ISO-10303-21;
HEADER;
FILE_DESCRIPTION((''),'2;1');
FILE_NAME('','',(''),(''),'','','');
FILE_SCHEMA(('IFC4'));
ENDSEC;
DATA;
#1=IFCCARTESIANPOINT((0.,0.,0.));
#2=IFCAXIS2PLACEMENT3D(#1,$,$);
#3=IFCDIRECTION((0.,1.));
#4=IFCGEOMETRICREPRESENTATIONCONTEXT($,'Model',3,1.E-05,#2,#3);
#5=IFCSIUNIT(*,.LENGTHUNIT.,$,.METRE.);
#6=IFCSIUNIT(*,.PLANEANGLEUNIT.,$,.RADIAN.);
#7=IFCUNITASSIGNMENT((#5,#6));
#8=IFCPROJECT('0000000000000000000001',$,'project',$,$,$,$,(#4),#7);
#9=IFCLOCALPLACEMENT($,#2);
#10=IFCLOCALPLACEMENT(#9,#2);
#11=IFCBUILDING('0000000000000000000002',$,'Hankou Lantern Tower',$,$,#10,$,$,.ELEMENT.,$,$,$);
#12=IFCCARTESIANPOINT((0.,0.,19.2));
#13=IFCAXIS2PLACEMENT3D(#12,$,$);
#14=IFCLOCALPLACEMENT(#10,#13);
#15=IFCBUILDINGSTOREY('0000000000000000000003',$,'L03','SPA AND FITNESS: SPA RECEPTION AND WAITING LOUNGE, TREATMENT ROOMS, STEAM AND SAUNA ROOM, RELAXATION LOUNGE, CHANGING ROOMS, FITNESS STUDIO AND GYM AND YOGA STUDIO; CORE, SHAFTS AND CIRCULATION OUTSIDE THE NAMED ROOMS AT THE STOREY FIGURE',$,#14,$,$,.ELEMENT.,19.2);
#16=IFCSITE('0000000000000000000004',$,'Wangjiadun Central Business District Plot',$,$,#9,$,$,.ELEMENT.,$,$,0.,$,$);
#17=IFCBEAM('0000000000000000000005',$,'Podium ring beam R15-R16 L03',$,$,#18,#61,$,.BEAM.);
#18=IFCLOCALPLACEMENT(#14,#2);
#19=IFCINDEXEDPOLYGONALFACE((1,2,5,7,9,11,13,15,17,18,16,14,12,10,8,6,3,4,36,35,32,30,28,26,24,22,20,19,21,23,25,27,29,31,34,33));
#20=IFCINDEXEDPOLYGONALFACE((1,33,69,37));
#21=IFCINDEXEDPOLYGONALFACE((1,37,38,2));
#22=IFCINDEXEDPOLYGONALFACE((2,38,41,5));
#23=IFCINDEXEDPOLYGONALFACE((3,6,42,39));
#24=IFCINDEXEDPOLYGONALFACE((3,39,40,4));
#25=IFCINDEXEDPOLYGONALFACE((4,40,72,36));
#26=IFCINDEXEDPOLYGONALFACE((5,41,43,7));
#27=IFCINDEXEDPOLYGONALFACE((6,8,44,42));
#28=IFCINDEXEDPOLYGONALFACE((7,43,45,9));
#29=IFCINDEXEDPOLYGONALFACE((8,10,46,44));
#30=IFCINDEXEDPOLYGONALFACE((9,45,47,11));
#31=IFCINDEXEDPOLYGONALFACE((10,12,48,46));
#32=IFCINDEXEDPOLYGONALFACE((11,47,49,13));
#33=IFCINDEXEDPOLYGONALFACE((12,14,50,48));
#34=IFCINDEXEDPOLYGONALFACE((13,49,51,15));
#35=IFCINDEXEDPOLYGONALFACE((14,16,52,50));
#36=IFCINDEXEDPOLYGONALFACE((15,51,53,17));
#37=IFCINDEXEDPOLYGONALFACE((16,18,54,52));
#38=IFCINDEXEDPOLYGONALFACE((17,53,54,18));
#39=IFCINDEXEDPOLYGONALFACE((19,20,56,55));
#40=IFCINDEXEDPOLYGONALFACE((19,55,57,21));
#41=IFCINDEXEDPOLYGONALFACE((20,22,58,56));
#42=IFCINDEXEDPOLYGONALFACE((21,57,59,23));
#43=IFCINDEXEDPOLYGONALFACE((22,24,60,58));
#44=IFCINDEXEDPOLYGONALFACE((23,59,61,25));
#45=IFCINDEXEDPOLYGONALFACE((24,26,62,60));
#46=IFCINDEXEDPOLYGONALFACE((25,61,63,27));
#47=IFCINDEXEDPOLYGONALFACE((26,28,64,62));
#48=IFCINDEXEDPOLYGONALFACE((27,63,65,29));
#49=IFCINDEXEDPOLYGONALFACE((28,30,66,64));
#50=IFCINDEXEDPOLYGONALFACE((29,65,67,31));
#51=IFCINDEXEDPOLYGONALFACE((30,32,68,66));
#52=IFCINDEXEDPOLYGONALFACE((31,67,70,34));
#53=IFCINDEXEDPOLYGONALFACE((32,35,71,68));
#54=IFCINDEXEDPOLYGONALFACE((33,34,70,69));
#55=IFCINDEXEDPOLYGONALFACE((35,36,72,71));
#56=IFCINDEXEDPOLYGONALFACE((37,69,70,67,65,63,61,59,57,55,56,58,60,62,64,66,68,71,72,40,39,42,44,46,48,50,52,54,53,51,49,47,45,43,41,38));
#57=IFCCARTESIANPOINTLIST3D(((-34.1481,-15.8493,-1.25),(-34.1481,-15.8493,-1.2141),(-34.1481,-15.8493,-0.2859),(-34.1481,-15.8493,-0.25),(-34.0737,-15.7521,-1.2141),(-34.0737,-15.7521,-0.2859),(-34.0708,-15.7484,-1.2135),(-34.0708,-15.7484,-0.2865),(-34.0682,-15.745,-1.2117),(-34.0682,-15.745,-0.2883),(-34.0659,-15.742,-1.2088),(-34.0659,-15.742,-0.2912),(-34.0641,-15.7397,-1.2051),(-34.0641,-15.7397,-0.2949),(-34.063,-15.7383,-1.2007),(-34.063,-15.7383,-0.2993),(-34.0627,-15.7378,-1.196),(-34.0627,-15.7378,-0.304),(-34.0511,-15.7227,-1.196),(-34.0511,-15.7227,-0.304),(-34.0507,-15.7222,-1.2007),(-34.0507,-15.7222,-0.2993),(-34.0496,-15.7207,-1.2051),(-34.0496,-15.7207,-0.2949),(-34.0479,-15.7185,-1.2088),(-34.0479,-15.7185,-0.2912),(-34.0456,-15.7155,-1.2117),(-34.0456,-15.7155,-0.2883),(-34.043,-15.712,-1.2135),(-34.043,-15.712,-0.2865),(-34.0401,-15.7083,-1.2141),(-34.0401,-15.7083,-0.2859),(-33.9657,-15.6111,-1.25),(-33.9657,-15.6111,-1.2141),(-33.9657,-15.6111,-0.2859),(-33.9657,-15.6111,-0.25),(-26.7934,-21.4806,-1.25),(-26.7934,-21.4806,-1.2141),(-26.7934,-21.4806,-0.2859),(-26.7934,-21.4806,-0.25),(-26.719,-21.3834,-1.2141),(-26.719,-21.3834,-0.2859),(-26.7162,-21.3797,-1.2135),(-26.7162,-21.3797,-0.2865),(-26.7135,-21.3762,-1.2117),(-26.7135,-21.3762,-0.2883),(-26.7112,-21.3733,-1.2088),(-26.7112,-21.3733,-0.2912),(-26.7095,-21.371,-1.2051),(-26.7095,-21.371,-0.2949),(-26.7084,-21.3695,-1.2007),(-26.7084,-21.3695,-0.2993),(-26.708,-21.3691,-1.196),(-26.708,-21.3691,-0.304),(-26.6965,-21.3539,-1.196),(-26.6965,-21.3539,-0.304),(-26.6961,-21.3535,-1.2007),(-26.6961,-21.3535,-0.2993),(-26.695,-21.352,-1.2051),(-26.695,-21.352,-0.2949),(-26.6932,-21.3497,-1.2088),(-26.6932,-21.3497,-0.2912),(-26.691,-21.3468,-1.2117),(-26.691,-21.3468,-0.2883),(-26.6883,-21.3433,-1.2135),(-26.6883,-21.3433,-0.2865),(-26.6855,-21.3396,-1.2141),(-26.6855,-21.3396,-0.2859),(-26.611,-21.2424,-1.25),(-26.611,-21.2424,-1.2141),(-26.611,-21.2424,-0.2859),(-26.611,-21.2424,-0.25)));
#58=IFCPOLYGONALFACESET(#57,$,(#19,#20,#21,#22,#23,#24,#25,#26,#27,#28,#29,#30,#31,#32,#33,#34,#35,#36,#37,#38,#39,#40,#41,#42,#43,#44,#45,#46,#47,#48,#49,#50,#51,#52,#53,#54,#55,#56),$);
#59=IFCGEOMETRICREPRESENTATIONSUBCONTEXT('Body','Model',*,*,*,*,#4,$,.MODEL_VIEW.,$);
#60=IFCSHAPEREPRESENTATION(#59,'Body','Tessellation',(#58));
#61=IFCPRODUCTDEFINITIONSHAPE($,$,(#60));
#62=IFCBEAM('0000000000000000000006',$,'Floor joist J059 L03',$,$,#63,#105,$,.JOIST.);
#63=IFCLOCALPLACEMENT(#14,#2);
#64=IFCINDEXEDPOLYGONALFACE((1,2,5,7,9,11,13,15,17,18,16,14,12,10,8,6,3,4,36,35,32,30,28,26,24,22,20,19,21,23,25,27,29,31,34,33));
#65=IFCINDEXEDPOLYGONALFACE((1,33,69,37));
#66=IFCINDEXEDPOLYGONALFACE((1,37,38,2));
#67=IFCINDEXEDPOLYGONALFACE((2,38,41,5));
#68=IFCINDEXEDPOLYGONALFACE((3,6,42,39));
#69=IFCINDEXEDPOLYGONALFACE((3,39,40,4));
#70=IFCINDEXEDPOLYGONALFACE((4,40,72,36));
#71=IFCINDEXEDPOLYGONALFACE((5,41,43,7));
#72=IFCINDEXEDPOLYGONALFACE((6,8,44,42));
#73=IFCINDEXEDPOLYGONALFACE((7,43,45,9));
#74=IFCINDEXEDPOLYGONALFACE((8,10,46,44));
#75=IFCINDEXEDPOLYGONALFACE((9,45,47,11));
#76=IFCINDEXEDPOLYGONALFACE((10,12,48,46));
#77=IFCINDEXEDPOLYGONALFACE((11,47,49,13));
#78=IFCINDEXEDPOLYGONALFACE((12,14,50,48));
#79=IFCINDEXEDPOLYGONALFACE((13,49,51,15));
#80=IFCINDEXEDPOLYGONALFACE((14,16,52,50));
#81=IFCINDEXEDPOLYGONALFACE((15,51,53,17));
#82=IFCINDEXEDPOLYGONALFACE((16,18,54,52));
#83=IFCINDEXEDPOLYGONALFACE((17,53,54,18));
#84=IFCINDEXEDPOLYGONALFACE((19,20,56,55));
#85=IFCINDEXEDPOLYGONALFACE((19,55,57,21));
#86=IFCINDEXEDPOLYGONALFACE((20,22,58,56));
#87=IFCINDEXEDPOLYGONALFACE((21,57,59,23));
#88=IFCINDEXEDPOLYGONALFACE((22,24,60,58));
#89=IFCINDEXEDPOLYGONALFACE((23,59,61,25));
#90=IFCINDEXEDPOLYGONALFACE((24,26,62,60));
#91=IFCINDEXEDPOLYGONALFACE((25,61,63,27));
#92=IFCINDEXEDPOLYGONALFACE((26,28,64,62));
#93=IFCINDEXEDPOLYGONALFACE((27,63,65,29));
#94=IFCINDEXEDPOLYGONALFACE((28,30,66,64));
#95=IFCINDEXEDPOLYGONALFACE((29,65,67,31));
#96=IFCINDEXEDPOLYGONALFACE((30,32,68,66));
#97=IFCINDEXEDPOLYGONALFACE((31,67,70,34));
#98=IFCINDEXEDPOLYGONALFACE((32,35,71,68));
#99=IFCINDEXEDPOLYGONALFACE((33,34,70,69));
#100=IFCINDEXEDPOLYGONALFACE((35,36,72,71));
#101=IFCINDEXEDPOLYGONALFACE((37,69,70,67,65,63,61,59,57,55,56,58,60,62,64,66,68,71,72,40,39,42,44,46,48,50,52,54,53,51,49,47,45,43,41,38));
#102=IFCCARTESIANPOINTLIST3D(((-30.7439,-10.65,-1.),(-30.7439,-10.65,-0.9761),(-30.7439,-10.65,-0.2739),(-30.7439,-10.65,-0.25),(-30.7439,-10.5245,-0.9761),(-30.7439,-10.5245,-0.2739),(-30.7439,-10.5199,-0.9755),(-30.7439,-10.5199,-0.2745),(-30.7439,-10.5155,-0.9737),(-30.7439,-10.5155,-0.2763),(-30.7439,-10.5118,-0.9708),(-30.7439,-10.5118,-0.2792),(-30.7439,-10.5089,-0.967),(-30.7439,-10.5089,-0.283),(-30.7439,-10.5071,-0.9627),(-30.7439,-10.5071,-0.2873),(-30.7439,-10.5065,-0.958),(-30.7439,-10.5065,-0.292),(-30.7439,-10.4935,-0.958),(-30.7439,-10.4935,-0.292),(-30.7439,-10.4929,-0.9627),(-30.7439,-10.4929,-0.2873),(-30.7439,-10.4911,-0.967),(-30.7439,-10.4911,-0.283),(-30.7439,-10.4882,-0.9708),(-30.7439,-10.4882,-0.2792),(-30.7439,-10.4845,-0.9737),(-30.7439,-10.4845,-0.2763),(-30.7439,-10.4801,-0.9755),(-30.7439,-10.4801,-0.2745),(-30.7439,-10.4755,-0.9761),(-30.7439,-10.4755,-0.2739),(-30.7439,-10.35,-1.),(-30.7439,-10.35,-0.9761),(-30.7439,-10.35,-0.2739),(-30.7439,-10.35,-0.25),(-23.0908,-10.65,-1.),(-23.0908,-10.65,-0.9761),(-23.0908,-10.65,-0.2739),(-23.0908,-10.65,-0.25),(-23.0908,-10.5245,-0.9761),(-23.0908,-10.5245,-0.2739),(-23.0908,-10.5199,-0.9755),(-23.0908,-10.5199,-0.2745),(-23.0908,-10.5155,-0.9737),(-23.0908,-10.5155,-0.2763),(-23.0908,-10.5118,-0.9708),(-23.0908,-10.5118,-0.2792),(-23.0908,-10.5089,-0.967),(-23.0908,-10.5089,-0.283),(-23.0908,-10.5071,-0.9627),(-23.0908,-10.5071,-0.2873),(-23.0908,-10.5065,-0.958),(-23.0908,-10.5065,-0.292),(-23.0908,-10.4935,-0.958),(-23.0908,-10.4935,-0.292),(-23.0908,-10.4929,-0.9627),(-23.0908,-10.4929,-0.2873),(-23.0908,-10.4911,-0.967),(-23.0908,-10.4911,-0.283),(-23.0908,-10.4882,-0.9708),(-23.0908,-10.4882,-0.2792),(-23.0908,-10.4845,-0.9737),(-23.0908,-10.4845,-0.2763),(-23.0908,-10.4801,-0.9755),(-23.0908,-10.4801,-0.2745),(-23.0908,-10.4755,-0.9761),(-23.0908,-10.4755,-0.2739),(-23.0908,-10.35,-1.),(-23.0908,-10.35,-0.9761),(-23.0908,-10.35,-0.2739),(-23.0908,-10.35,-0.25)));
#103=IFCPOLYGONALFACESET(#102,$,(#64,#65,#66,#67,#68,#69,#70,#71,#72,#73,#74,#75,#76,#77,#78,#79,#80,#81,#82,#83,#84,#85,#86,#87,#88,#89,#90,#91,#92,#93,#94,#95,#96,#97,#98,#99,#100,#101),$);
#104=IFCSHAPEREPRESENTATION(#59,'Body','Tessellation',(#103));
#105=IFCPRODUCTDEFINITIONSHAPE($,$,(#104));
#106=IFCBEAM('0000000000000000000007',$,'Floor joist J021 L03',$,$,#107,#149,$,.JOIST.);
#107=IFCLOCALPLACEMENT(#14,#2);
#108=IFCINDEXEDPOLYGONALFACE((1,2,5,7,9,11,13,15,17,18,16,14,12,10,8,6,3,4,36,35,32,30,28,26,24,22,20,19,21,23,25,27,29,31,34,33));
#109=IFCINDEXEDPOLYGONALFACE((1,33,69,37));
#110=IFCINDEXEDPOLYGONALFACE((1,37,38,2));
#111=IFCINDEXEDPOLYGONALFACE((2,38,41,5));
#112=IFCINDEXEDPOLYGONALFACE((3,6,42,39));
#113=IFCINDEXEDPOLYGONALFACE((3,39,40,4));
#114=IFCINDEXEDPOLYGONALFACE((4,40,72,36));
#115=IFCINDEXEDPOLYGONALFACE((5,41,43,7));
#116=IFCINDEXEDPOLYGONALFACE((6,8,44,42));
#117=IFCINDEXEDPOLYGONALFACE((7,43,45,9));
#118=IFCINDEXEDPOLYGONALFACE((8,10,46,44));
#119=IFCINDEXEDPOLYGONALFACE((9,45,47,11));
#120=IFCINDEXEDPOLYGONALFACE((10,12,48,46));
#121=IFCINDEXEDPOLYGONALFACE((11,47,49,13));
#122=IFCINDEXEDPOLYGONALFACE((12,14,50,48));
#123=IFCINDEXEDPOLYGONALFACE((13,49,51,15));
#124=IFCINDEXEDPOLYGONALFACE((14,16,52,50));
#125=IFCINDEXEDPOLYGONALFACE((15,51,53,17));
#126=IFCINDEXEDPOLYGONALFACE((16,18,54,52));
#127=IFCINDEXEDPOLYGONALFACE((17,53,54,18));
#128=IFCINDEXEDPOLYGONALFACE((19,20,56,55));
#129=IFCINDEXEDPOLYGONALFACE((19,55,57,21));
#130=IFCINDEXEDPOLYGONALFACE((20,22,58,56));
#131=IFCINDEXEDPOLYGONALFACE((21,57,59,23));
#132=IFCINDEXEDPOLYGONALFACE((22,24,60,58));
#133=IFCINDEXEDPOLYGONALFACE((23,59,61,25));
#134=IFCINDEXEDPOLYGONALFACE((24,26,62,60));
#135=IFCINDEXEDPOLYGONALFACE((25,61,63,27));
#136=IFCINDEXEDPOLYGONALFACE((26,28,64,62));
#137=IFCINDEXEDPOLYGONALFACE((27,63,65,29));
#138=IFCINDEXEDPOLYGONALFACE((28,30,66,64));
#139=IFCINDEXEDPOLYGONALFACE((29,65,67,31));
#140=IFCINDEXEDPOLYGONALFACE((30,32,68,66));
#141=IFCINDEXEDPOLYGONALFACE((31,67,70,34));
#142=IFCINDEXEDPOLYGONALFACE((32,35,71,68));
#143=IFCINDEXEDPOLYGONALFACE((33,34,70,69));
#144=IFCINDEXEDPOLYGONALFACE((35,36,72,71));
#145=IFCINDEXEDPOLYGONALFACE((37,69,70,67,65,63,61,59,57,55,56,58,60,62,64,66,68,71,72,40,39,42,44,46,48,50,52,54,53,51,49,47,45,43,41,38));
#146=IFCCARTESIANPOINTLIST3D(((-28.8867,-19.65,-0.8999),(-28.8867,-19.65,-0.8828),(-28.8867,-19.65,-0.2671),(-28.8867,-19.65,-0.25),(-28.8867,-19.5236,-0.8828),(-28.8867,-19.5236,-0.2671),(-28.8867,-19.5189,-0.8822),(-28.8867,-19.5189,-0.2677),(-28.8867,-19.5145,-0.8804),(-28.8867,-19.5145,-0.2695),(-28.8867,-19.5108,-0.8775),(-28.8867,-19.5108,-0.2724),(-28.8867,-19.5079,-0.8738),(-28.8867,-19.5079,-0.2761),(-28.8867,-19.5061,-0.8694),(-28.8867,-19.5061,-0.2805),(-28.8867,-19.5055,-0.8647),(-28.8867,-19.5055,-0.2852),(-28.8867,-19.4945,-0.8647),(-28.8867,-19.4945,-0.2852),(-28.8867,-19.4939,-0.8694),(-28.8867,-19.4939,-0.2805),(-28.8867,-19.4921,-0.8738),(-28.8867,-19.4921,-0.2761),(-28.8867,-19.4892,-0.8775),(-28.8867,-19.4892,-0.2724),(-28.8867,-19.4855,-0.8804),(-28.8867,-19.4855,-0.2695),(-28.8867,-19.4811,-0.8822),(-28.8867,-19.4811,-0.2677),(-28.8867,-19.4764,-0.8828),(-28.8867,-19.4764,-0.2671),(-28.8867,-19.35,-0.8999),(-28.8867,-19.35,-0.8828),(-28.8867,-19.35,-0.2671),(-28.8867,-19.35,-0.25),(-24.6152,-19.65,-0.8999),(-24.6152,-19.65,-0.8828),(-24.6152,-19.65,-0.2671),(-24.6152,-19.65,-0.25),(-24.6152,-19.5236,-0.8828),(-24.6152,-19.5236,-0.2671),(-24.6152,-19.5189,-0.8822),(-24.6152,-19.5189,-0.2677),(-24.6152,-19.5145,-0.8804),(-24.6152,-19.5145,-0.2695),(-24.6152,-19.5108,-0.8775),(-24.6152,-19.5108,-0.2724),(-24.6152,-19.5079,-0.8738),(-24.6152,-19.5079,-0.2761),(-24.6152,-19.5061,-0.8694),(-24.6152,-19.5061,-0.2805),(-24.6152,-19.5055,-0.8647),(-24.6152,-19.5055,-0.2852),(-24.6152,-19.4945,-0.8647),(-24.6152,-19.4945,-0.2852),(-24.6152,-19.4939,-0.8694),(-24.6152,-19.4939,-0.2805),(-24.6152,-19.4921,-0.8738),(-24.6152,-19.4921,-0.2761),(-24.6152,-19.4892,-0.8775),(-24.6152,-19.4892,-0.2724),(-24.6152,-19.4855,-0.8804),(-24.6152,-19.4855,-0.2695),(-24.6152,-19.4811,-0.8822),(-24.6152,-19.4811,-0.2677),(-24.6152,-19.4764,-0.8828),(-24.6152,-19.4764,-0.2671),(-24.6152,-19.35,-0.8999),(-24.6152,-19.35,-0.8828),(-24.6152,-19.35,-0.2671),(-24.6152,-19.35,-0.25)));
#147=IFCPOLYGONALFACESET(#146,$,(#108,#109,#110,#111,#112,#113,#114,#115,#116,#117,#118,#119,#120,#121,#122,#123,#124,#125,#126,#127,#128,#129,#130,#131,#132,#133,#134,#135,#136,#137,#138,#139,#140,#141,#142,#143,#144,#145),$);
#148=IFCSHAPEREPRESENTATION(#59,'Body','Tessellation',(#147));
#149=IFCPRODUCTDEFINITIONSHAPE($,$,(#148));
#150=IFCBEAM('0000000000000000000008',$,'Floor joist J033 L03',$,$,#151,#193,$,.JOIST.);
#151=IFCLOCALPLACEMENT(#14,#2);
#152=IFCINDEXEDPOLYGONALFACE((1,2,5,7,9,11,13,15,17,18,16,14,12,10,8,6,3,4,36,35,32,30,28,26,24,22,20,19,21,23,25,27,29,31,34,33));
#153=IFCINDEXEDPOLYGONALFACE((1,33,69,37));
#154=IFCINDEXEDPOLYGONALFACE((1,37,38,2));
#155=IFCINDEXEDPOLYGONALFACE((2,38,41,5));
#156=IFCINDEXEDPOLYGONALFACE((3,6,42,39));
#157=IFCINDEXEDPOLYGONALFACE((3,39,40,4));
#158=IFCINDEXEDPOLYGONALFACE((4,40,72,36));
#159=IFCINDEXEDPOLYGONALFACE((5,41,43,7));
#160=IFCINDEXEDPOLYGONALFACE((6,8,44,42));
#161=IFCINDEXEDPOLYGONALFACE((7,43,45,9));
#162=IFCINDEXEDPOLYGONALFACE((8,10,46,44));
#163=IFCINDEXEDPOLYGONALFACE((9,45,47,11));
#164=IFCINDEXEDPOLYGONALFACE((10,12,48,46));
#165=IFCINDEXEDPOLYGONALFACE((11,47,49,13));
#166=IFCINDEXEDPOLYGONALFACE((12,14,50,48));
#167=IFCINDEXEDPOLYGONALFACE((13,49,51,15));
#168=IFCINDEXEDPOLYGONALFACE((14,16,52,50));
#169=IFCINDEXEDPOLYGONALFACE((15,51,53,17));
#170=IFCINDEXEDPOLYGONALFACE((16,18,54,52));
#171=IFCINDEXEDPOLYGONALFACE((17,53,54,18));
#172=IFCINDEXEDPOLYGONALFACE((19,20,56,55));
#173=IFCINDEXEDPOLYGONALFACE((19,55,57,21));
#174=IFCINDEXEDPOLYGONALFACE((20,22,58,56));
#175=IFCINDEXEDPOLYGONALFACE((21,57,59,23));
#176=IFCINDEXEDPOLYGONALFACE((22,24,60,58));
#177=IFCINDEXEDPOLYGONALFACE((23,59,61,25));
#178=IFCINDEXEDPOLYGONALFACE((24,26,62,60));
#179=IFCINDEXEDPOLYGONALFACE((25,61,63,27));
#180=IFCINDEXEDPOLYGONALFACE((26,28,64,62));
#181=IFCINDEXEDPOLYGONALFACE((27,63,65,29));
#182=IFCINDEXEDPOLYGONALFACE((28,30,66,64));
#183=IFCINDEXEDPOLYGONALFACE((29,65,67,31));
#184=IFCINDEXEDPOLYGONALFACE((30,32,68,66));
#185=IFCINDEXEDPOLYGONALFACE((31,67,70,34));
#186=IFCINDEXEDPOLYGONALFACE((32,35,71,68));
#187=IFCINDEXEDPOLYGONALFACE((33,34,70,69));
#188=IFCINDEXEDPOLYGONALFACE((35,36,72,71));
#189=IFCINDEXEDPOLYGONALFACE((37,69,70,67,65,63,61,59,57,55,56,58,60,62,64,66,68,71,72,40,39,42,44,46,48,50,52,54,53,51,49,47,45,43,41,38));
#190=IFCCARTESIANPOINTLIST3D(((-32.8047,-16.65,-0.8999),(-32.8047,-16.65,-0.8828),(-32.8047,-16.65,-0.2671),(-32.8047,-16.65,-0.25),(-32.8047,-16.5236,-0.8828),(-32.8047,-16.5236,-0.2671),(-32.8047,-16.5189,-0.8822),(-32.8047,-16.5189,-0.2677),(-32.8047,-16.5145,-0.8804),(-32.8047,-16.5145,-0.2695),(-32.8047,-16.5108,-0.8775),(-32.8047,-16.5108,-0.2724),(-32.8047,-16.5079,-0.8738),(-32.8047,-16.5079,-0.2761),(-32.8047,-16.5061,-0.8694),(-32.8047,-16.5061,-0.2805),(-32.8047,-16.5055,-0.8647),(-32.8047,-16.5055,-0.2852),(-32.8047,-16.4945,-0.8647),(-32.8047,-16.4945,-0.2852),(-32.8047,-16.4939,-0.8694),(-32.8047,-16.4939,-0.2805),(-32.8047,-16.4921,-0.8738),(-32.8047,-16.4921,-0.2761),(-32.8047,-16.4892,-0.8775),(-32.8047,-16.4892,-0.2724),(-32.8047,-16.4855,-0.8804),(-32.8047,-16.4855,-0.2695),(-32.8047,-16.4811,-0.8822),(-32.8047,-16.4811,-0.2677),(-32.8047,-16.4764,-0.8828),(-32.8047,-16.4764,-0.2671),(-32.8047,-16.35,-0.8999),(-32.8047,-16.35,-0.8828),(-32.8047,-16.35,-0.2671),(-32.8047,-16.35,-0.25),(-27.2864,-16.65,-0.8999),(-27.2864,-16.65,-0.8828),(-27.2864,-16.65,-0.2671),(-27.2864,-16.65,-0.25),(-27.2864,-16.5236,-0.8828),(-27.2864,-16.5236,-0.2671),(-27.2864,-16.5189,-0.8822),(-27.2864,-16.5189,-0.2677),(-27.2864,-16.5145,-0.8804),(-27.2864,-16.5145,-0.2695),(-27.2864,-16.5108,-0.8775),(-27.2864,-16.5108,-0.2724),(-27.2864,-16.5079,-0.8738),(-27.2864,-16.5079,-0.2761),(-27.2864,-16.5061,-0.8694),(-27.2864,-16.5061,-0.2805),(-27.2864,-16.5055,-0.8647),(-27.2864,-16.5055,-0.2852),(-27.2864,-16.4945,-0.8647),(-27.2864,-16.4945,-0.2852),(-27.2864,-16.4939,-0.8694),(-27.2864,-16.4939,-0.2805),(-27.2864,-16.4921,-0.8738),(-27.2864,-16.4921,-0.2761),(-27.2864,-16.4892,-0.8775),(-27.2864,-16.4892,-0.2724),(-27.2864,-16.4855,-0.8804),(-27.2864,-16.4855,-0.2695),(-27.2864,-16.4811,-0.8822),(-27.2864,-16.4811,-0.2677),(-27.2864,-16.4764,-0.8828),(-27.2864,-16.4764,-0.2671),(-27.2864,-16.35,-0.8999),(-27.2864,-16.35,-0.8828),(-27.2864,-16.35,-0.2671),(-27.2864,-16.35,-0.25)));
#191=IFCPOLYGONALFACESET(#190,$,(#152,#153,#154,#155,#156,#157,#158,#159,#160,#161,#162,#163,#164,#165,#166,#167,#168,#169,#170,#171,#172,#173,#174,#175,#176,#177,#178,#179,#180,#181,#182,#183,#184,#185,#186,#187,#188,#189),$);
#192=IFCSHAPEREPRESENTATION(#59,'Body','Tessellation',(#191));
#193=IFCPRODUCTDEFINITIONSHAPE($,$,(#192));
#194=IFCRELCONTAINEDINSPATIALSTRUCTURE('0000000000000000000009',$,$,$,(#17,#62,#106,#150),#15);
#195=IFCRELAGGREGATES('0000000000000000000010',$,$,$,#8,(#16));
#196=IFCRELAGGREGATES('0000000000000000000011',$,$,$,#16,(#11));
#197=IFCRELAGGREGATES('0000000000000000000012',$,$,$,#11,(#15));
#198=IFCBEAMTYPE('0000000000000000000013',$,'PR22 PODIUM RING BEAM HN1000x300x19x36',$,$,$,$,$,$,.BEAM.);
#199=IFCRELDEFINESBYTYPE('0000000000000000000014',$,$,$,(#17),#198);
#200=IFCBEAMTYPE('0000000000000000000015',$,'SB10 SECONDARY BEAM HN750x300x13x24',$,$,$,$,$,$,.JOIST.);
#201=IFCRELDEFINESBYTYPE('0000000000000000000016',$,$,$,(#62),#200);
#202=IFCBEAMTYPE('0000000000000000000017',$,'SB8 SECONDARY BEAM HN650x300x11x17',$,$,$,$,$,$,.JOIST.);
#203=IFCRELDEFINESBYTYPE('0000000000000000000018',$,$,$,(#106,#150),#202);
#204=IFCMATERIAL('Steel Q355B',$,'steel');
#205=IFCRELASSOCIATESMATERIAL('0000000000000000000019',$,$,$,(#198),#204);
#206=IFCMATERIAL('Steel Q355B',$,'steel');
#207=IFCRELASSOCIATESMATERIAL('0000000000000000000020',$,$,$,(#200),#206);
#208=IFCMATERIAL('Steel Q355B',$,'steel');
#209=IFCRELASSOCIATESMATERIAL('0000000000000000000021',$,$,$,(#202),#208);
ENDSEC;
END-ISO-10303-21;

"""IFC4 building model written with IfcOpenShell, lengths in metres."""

from ifc_helpers import new_model, si_unit, direction, frame, origin, origin_2d, place, context, subcontext, project, spatial, i_section, extrude, material, material_profile, profile_set, type_object, element, save


model = new_model("IFC4")

# Units and contexts
model_context = context("Model", 3, precision=1e-05, world=origin(), true_north=direction((0.0, 1.0)))
body_context = subcontext(model_context, "Body", "Model", "MODEL_VIEW")
ifc_project = project(units=[si_unit("LENGTHUNIT", "METRE"), si_unit("PLANEANGLEUNIT", "RADIAN")], contexts=[model_context])

# Site, building, storey
site_placement = place(None, origin())
site = spatial("IfcSite", under=ifc_project, at=site_placement, Name="Wangjiadun Central Business District Plot", CompositionType="ELEMENT", RefElevation=0.0)
building_placement = place(site_placement, origin())
building = spatial("IfcBuilding", under=site, at=building_placement, Name="Hankou Lantern Tower", CompositionType="ELEMENT")
storey_placement = place(building_placement, frame((0.0, 0.0, 19.2)))
storey = spatial("IfcBuildingStorey", under=building, at=storey_placement, Name="L03", Description="SPA AND FITNESS: SPA RECEPTION AND WAITING LOUNGE, TREATMENT ROOMS, STEAM AND SAUNA ROOM, RELAXATION LOUNGE, CHANGING ROOMS, FITNESS STUDIO AND GYM AND YOGA STUDIO; CORE, SHAFTS AND CIRCULATION OUTSIDE THE NAMED ROOMS AT THE STOREY FIGURE", CompositionType="ELEMENT", Elevation=19.2)

# Beams
ifc_material_1 = material(Name="Steel Q355B", Category="steel")
ifc_material_profile_1 = material_profile(ifc_material_1, i_section(OverallWidth=0.3, OverallDepth=1.0, WebThickness=0.019, FlangeThickness=0.0359, FilletRadius=0.0181, at=origin_2d()), Name="HN1000x300x19x36")
ifc_profile_set_1 = profile_set([ifc_material_profile_1], Name="Steel Q355B")
beam_type_1 = type_object("IfcBeamType", Name="PR22 PODIUM RING BEAM HN1000x300x19x36", PredefinedType="BEAM", material=ifc_profile_set_1)
beam_1_placement = place(storey_placement, frame((-34.0569, -15.7302, -0.75), z_axis=(0.793986, -0.607936, 0.0), x_axis=(0.607936, 0.793986, 0.0)))
element("IfcBeam", 1, at=beam_1_placement, inside=storey, type_object=beam_type_1, Name="Podium ring beam R15-R16 L03", PredefinedType="BEAM", context=body_context, shape_type="SweptSolid", body=[
    extrude(i_section(OverallWidth=0.3, OverallDepth=1.0, WebThickness=0.019, FlangeThickness=0.0359, FilletRadius=0.0181, at=origin_2d()), origin(), (0.0, 0.0, 1.0), 9.2629),
])
ifc_material_2 = material(Name="Steel Q355B", Category="steel")
ifc_material_profile_2 = material_profile(ifc_material_2, i_section(OverallWidth=0.3, OverallDepth=0.75, WebThickness=0.0129, FlangeThickness=0.0239, FilletRadius=0.0181, at=origin_2d()), Name="HN750x300x13x24")
ifc_profile_set_2 = profile_set([ifc_material_profile_2], Name="Steel Q355B")
beam_type_2 = type_object("IfcBeamType", Name="SB10 SECONDARY BEAM HN750x300x13x24", PredefinedType="JOIST", material=ifc_profile_set_2)
beam_2_placement = place(storey_placement, frame((-30.7439, -10.5, -0.625), z_axis=(1.0, 0.0, 0.0), x_axis=(0.0, 1.0, 0.0)))
element("IfcBeam", 2, at=beam_2_placement, inside=storey, type_object=beam_type_2, Name="Floor joist J059 L03", PredefinedType="JOIST", context=body_context, shape_type="SweptSolid", body=[
    extrude(i_section(OverallWidth=0.3, OverallDepth=0.75, WebThickness=0.0129, FlangeThickness=0.0239, FilletRadius=0.0181, at=origin_2d()), origin(), (0.0, 0.0, 1.0), 7.6531),
])
ifc_material_3 = material(Name="Steel Q355B", Category="steel")
ifc_material_profile_3 = material_profile(ifc_material_3, i_section(OverallWidth=0.3, OverallDepth=0.6499, WebThickness=0.011, FlangeThickness=0.0171, FilletRadius=0.0181, at=origin_2d()), Name="HN650x300x11x17")
ifc_profile_set_3 = profile_set([ifc_material_profile_3], Name="Steel Q355B")
beam_type_3 = type_object("IfcBeamType", Name="SB8 SECONDARY BEAM HN650x300x11x17", PredefinedType="JOIST", material=ifc_profile_set_3)
beam_3_placement = place(storey_placement, frame((-28.8867, -19.5, -0.575), z_axis=(1.0, 0.0, 0.0), x_axis=(0.0, 1.0, 0.0)))
element("IfcBeam", 3, at=beam_3_placement, inside=storey, type_object=beam_type_3, Name="Floor joist J021 L03", PredefinedType="JOIST", context=body_context, shape_type="SweptSolid", body=[
    extrude(i_section(OverallWidth=0.3, OverallDepth=0.6499, WebThickness=0.011, FlangeThickness=0.0171, FilletRadius=0.0181, at=origin_2d()), origin(), (0.0, 0.0, 1.0), 4.2715),
])
beam_4_placement = place(storey_placement, frame((-32.8047, -16.5, -0.575), z_axis=(1.0, 0.0, 0.0), x_axis=(0.0, 1.0, 0.0)))
element("IfcBeam", 4, at=beam_4_placement, inside=storey, type_object=beam_type_3, Name="Floor joist J033 L03", PredefinedType="JOIST", context=body_context, shape_type="SweptSolid", body=[
    extrude(i_section(OverallWidth=0.3, OverallDepth=0.6499, WebThickness=0.011, FlangeThickness=0.0171, FilletRadius=0.0181, at=origin_2d()), origin(), (0.0, 0.0, 1.0), 5.5183),
])

save(model, "model.ifc")
